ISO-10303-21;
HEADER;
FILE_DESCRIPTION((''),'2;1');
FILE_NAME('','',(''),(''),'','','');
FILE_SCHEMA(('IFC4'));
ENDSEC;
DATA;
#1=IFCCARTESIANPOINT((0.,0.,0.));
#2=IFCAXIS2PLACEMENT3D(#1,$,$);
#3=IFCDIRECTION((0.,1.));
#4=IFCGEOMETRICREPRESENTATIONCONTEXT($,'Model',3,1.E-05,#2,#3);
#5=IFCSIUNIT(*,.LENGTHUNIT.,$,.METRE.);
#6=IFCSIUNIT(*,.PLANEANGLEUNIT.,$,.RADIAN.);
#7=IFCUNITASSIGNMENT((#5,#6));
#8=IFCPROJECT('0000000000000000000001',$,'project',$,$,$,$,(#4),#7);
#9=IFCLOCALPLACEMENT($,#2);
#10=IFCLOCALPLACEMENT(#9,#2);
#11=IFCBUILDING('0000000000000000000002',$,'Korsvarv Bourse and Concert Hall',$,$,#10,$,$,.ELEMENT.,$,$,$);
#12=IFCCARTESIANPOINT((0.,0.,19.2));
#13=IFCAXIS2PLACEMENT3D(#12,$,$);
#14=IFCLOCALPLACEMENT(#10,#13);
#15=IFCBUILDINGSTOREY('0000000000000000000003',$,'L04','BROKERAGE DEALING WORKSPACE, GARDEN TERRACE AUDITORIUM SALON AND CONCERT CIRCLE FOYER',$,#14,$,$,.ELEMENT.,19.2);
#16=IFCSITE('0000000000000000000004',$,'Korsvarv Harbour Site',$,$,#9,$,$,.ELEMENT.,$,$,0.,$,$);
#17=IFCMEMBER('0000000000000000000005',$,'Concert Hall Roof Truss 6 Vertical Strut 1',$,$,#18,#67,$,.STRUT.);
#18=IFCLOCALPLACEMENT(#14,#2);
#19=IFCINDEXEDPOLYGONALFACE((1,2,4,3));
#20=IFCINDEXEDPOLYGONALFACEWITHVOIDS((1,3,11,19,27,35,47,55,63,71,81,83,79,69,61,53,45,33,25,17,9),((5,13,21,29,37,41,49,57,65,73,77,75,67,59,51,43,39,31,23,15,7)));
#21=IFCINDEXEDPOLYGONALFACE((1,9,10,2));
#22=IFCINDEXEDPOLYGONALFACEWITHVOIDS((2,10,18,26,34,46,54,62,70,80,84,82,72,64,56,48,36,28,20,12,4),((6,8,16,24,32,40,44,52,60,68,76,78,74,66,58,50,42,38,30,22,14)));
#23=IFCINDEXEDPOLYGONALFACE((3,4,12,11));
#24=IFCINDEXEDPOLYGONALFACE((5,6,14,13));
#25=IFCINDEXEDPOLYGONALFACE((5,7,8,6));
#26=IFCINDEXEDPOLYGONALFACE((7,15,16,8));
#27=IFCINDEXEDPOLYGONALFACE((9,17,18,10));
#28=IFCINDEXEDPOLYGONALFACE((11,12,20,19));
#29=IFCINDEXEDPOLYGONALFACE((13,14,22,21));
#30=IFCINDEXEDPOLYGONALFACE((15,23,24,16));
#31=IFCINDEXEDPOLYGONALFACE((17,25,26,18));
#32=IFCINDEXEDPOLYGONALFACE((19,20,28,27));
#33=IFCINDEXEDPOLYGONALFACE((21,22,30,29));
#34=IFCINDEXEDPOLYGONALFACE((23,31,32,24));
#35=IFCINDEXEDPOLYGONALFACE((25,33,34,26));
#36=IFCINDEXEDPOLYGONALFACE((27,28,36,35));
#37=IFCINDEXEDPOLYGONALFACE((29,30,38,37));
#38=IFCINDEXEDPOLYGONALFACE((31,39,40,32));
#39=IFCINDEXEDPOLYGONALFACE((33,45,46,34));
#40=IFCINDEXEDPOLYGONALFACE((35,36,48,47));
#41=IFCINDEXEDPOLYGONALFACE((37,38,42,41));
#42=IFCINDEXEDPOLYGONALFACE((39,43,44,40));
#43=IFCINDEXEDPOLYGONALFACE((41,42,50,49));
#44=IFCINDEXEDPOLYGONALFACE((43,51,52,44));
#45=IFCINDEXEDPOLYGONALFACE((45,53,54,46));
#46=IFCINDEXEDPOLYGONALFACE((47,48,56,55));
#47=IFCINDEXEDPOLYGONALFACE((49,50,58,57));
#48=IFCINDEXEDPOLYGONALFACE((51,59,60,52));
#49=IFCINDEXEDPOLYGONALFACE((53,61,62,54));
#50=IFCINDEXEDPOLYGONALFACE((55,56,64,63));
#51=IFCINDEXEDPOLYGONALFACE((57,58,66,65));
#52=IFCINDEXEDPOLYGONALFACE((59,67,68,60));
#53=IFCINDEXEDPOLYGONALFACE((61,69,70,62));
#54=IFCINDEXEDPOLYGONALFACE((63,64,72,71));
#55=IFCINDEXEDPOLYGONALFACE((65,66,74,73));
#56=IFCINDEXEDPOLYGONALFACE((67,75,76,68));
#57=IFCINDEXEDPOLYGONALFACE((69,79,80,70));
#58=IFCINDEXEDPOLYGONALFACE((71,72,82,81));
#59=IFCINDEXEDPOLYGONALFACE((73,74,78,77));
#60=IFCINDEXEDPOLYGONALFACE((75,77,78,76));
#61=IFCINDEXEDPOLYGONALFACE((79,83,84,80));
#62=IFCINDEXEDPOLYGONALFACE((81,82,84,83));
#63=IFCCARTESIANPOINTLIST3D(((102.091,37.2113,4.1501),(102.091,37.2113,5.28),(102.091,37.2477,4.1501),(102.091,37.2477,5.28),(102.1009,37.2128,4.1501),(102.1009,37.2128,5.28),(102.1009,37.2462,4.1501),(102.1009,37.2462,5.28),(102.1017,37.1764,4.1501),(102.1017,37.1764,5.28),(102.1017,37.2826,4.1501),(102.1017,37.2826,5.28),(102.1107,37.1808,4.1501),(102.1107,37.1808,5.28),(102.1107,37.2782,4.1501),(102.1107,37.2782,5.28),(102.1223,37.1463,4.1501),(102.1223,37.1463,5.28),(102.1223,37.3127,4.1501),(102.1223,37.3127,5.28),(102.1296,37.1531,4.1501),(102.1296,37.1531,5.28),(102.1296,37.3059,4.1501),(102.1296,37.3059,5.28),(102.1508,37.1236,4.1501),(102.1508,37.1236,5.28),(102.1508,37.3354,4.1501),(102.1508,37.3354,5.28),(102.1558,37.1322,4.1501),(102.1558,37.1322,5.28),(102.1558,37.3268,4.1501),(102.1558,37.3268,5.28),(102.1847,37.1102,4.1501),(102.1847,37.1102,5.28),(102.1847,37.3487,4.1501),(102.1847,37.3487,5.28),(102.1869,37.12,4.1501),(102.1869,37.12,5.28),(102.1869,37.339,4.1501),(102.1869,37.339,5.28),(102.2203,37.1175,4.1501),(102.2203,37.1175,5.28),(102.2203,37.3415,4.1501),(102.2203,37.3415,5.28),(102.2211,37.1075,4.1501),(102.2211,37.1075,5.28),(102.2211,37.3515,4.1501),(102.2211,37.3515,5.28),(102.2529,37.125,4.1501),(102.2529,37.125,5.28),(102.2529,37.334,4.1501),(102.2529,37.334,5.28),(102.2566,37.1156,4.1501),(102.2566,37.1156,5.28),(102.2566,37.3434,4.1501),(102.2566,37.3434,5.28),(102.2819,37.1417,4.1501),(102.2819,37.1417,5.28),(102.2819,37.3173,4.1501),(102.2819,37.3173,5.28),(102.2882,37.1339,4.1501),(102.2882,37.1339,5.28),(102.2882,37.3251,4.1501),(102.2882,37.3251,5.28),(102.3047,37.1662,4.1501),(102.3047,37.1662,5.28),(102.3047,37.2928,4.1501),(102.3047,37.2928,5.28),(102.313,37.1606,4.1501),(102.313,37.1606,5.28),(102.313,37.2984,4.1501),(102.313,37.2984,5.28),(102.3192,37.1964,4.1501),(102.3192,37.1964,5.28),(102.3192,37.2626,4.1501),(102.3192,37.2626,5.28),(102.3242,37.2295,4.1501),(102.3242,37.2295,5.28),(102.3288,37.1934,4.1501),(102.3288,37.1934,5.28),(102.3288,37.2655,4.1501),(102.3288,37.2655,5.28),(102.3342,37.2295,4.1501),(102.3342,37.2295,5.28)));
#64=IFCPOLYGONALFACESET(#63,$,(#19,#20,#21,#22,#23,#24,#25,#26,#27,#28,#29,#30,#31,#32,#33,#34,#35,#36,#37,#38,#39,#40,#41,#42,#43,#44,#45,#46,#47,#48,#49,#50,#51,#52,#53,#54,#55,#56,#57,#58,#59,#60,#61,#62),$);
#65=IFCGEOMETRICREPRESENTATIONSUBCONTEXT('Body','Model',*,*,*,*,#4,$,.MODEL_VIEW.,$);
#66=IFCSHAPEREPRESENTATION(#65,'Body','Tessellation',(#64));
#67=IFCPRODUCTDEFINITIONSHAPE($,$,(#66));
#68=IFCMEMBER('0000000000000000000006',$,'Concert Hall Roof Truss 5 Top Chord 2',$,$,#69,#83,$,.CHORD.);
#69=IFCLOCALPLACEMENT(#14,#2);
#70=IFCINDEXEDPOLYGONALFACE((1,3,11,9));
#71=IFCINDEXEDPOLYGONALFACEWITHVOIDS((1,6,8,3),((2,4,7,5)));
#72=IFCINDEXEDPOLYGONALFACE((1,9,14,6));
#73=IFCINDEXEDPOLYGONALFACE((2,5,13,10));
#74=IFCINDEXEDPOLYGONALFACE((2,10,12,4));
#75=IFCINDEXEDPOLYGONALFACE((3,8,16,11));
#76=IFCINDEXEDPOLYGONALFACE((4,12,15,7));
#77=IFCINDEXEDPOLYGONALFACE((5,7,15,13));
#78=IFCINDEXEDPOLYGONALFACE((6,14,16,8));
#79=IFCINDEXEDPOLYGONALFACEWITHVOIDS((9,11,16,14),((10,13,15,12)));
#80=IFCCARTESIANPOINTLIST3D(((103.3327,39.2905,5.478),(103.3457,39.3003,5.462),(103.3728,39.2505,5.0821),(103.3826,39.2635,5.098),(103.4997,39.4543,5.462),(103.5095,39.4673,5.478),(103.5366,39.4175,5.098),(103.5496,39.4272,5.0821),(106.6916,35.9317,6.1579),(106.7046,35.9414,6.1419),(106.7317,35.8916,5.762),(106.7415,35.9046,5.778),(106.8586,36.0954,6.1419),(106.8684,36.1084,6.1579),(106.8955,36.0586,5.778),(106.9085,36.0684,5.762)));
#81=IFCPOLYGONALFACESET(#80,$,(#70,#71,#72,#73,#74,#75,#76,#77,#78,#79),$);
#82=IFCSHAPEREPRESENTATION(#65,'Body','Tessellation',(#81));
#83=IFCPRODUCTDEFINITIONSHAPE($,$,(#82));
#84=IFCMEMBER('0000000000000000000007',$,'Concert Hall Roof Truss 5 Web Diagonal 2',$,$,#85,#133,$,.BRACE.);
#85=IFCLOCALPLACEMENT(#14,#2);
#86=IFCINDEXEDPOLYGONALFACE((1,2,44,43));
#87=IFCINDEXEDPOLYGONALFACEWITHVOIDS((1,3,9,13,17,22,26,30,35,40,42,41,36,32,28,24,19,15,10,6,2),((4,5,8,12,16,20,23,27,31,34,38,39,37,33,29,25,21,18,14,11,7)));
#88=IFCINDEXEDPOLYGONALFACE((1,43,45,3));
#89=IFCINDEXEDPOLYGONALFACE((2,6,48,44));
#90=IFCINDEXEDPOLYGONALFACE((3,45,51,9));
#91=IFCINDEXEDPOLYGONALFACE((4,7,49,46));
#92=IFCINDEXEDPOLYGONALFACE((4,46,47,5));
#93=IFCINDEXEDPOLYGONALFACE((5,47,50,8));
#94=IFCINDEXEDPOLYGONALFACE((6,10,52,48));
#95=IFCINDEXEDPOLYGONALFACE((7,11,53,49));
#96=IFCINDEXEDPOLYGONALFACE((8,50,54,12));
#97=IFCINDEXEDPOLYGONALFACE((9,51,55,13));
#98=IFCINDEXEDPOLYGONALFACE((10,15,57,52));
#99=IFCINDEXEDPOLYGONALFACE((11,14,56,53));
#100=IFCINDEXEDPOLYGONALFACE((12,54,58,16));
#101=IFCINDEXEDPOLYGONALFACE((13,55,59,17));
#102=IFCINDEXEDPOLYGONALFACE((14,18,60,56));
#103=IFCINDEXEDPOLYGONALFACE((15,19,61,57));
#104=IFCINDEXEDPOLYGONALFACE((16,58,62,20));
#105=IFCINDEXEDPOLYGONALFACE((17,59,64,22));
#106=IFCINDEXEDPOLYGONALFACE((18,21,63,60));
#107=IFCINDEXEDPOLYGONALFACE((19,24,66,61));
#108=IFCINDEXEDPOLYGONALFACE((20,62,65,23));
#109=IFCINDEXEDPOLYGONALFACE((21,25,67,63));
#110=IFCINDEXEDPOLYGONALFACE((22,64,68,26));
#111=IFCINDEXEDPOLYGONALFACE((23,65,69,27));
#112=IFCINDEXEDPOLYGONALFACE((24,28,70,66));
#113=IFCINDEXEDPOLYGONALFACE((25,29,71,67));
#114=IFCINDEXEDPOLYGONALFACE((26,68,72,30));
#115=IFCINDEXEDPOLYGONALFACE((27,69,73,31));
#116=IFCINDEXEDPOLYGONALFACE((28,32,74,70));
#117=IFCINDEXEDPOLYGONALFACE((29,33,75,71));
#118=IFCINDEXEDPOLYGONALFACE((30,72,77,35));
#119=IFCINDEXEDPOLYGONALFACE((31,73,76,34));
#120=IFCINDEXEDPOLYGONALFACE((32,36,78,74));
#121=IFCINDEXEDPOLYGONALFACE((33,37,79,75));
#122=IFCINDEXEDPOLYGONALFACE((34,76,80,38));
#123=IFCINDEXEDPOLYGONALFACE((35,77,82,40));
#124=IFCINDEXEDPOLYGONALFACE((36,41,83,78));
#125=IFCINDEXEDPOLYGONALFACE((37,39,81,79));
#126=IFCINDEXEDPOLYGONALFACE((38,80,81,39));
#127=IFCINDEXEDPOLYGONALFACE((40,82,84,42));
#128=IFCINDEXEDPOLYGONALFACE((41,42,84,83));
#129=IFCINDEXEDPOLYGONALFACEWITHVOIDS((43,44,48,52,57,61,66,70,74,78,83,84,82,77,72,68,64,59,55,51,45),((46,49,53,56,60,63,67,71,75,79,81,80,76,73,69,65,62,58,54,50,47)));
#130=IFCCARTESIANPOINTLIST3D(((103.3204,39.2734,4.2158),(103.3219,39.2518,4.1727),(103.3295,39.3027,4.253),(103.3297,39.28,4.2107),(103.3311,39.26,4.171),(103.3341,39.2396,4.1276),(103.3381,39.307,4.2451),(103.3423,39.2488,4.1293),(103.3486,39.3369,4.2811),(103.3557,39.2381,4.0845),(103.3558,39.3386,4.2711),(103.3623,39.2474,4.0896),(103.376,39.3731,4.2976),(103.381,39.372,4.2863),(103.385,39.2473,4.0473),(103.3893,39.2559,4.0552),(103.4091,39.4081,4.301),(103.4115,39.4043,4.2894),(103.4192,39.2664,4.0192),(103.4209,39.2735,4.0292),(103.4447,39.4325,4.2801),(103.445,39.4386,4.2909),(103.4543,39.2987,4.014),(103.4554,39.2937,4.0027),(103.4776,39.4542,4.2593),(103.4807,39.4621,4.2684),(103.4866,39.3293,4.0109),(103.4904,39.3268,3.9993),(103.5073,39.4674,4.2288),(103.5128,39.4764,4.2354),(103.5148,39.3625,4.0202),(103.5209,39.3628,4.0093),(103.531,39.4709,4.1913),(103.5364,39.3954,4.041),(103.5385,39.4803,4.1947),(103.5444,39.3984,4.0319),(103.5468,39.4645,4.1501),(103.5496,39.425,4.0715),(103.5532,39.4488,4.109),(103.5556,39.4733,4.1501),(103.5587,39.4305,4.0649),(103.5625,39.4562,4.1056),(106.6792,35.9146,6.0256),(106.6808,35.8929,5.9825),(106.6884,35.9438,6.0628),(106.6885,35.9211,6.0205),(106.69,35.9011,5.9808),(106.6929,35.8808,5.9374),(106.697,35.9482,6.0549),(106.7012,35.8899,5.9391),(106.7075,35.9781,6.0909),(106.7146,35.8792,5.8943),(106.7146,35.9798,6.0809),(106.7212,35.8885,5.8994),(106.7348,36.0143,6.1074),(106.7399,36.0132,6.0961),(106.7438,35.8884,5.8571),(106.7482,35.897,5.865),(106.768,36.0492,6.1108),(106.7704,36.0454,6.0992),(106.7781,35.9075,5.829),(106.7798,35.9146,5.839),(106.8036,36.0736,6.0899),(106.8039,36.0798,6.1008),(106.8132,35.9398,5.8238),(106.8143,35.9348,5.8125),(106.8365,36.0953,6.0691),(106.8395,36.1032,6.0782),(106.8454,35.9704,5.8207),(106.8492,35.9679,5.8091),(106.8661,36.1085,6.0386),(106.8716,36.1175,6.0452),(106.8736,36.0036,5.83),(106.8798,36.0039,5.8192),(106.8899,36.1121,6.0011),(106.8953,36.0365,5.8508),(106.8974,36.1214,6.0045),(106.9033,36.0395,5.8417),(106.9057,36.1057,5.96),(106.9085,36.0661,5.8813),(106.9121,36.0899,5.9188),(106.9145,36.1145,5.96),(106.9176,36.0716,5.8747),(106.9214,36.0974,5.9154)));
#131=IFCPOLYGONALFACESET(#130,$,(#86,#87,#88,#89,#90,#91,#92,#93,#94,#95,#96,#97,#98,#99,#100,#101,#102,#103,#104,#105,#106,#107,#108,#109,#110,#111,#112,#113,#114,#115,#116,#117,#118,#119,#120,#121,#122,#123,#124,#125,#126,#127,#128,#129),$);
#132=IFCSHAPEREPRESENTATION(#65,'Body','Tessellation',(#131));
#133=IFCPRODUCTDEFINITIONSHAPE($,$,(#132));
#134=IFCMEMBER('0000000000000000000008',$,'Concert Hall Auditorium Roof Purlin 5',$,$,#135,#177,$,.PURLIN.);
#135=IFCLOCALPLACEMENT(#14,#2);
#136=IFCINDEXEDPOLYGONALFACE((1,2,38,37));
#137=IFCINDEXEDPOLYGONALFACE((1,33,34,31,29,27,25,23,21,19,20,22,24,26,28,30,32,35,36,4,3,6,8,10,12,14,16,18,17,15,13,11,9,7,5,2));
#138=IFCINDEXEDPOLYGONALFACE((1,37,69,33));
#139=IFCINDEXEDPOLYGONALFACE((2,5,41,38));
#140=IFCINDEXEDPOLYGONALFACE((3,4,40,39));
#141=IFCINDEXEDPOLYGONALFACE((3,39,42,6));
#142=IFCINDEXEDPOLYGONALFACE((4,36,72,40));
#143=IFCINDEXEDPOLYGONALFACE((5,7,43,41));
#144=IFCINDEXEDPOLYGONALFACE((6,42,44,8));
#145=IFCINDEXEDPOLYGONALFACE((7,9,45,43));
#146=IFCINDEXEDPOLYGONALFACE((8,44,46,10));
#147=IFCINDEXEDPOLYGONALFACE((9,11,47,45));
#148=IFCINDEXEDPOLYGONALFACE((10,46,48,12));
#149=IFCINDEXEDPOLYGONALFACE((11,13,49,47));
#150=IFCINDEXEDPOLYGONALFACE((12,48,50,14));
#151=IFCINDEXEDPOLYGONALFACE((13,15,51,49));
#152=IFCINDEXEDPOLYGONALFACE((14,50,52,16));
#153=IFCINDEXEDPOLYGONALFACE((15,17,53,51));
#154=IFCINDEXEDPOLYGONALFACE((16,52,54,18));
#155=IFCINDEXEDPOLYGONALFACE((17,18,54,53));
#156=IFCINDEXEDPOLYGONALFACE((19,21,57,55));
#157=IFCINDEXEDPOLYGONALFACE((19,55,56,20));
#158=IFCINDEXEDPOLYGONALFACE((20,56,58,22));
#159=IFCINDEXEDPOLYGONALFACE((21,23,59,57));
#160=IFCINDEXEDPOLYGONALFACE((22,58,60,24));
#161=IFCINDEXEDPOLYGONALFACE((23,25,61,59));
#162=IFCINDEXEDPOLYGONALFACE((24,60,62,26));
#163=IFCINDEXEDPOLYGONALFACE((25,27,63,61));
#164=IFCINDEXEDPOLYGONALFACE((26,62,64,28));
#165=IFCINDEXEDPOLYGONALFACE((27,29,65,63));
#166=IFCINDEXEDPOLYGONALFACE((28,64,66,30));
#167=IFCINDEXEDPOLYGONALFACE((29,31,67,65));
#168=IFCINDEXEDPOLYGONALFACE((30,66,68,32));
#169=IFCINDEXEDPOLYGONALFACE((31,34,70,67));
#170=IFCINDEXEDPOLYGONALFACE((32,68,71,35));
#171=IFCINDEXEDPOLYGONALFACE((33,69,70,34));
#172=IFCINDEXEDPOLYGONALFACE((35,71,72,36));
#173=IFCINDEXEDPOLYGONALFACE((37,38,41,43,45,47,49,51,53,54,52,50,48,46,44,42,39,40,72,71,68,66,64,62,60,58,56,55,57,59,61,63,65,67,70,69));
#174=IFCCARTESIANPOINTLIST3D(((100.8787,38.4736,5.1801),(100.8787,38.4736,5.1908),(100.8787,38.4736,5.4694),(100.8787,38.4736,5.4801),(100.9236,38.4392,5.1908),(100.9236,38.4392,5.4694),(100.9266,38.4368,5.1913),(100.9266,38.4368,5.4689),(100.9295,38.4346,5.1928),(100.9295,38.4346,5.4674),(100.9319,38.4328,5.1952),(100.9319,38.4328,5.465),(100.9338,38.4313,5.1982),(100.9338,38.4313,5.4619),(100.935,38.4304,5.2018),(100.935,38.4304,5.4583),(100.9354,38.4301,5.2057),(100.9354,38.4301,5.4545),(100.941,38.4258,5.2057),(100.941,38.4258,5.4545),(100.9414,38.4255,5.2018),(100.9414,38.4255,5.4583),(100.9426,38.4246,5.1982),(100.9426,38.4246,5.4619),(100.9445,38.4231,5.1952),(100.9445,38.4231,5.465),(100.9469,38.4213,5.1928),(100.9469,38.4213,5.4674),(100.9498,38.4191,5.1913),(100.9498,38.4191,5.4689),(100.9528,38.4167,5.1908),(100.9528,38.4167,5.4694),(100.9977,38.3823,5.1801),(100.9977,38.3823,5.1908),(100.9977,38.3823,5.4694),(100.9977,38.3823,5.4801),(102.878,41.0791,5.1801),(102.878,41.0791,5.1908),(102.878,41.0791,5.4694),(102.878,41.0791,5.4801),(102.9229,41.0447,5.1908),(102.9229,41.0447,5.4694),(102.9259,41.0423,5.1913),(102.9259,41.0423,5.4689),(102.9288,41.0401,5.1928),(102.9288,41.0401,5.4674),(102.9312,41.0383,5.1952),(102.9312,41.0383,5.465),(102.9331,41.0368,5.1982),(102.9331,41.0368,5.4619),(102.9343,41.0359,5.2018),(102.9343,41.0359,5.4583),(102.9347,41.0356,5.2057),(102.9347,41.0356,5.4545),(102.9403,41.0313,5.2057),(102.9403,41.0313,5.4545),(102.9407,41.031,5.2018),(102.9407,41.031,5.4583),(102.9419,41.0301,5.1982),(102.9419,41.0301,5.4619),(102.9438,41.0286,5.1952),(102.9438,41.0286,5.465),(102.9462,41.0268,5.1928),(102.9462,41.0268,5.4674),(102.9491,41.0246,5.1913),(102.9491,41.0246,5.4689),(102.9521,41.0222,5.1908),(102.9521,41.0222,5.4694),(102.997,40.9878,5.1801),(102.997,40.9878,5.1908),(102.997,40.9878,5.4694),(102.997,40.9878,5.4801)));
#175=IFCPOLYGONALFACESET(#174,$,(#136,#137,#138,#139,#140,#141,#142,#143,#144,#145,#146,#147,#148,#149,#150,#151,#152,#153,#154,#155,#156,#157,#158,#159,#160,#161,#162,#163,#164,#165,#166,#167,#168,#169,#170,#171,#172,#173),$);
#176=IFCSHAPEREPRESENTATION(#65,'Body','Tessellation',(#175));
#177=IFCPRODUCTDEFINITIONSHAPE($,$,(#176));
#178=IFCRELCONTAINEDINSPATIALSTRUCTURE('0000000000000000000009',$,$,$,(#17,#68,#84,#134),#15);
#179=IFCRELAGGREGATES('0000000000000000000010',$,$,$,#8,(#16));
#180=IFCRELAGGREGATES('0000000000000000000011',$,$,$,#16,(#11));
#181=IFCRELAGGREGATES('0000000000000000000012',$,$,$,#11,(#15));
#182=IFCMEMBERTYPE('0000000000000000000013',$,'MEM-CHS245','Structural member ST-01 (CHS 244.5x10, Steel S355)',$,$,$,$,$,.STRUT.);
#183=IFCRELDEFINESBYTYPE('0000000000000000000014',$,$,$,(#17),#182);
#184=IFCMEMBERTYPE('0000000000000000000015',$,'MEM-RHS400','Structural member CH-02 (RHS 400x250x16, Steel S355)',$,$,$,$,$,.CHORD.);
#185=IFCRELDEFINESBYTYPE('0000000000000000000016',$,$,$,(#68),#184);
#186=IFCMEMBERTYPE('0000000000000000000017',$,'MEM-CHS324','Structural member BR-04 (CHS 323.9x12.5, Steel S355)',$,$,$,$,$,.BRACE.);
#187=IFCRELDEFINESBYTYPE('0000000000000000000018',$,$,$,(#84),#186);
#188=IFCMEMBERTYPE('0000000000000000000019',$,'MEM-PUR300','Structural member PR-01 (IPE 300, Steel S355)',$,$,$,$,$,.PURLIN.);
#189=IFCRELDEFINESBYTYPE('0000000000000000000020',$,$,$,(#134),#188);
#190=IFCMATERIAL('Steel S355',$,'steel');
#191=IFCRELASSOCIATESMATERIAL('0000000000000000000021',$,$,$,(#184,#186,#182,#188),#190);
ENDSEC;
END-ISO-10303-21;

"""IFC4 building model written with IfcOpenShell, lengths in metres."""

from ifc_helpers import new_model, si_unit, direction, frame, origin, origin_2d, place, context, subcontext, project, spatial, hollow_rectangle, hollow_circle, i_section, extrude, source, transform, mapped, material, material_profile, profile_set, type_object, element, save


model = new_model("IFC4")

# Units and contexts
model_context = context("Model", 3, precision=1e-05, world=origin(), true_north=direction((0.0, 1.0)))
body_context = subcontext(model_context, "Body", "Model", "MODEL_VIEW")
ifc_project = project(units=[si_unit("LENGTHUNIT", "METRE"), si_unit("PLANEANGLEUNIT", "RADIAN")], contexts=[model_context])

# Site, building, storey
site_placement = place(None, origin())
site = spatial("IfcSite", under=ifc_project, at=site_placement, Name="Korsvarv Harbour Site", CompositionType="ELEMENT", RefElevation=0.0)
building_placement = place(site_placement, origin())
building = spatial("IfcBuilding", under=site, at=building_placement, Name="Korsvarv Bourse and Concert Hall", CompositionType="ELEMENT")
storey_placement = place(building_placement, frame((0.0, 0.0, 19.2)))
storey = spatial("IfcBuildingStorey", under=building, at=storey_placement, Name="L04", Description="BROKERAGE DEALING WORKSPACE, GARDEN TERRACE AUDITORIUM SALON AND CONCERT CIRCLE FOYER", CompositionType="ELEMENT", Elevation=19.2)

# Shared definitions
ifc_material_1 = material(Name="Steel S355", Category="steel")

# Members
ifc_material_profile_1 = material_profile(ifc_material_1, hollow_rectangle(XDim=0.25, YDim=0.3999, WallThickness=0.0161, at=origin_2d()), Name="RHS 400x250x16")
ifc_profile_set_1 = profile_set([ifc_material_profile_1], Name="Steel S355")
member_type_1 = type_object("IfcMemberType", Name="MEM-RHS400", Description="Structural member CH-02 (RHS 400x250x16, Steel S355)", PredefinedType="CHORD", material=ifc_profile_set_1)
ifc_material_profile_2 = material_profile(ifc_material_1, hollow_circle(Radius=0.1619, WallThickness=0.0125, at=origin_2d()), Name="CHS 323.9x12.5")
ifc_profile_set_2 = profile_set([ifc_material_profile_2], Name="Steel S355")
member_type_2 = type_object("IfcMemberType", Name="MEM-CHS324", Description="Structural member BR-04 (CHS 323.9x12.5, Steel S355)", PredefinedType="BRACE", material=ifc_profile_set_2)
ifc_material_profile_3 = material_profile(ifc_material_1, hollow_circle(Radius=0.1223, WallThickness=0.01, at=origin_2d()), Name="CHS 244.5x10")
ifc_profile_set_3 = profile_set([ifc_material_profile_3], Name="Steel S355")
member_type_3 = type_object("IfcMemberType", Name="MEM-CHS245", Description="Structural member ST-01 (CHS 244.5x10, Steel S355)", PredefinedType="STRUT", material=ifc_profile_set_3)
shared_shape_1 = source(origin(), body_context, "Body", "SweptSolid", [
    extrude(hollow_circle(Radius=0.1223, WallThickness=0.01, at=origin_2d()), origin(), (0.0, 0.0, 1.0), 1.1299),
])
for number, where, z_axis, x_axis, name in (
    (1, (102.2119, 37.2295, 4.1501), (0.0, 0.0, 1.0), (1.0, 0.0, 0.0), "Concert Hall Roof Truss 6 Vertical Strut 1"),
):
    element("IfcMember", number, at=place(storey_placement, frame(where, z_axis=z_axis, x_axis=x_axis)), inside=storey, type_object=member_type_3, Name=name, PredefinedType="STRUT", context=body_context, shape_type="MappedRepresentation", body=[
        mapped(shared_shape_1, transform((0.0, 0.0, 0.0), scale=1.0)),
    ])
shared_shape_2 = source(origin(), body_context, "Body", "SweptSolid", [
    extrude(hollow_rectangle(XDim=0.25, YDim=0.3999, WallThickness=0.0161, at=origin_2d()), origin(), (0.0, 0.0, 1.0), 4.7986),
])
member_1_placement = place(storey_placement, frame((103.4412, 39.3589, 5.28), z_axis=(0.699972, -0.699972, 0.141694), x_axis=(0.707107, 0.707107, 0.0)))
element("IfcMember", 2, at=member_1_placement, inside=storey, type_object=member_type_1, Name="Concert Hall Roof Truss 5 Top Chord 2", PredefinedType="CHORD", context=body_context, shape_type="MappedRepresentation", body=[
    mapped(shared_shape_2, transform((0.0, 0.0, 0.0), scale=1.0)),
])
shared_shape_3 = source(origin(), body_context, "Body", "SweptSolid", [
    extrude(hollow_circle(Radius=0.1619, WallThickness=0.0125, at=origin_2d()), origin(), (0.0, 0.0, 1.0), 5.0833),
])
member_2_placement = place(storey_placement, frame((103.4412, 39.3589, 4.1501), z_axis=(0.660772, -0.660772, 0.356033), x_axis=(0.707107, 0.707107, 0.0)))
element("IfcMember", 3, at=member_2_placement, inside=storey, type_object=member_type_2, Name="Concert Hall Roof Truss 5 Web Diagonal 2", PredefinedType="BRACE", context=body_context, shape_type="MappedRepresentation", body=[
    mapped(shared_shape_3, transform((0.0, 0.0, 0.0), scale=1.0)),
])
ifc_material_profile_4 = material_profile(ifc_material_1, i_section(OverallWidth=0.1499, OverallDepth=0.3, WebThickness=0.0071, FlangeThickness=0.0107, FilletRadius=0.0149, at=origin_2d()), Name="IPE 300")
ifc_profile_set_4 = profile_set([ifc_material_profile_4], Name="Steel S355")
member_type_4 = type_object("IfcMemberType", Name="MEM-PUR300", Description="Structural member PR-01 (IPE 300, Steel S355)", PredefinedType="PURLIN", material=ifc_profile_set_4)
shared_shape_4 = source(origin(), body_context, "Body", "SweptSolid", [
    extrude(i_section(OverallWidth=0.1499, OverallDepth=0.3, WebThickness=0.0071, FlangeThickness=0.0107, FilletRadius=0.0149, at=origin_2d()), origin(), (0.0, 0.0, 1.0), 3.2842),
])
for number, where, z_axis, x_axis, name in (
    (4, (102.9375, 41.0334, 5.3301), (-0.608765, -0.79335, 0.0), (0.79335, -0.608765, 0.0), "Concert Hall Auditorium Roof Purlin 5"),
):
    element("IfcMember", number, at=place(storey_placement, frame(where, z_axis=z_axis, x_axis=x_axis)), inside=storey, type_object=member_type_4, Name=name, PredefinedType="PURLIN", context=body_context, shape_type="MappedRepresentation", body=[
        mapped(shared_shape_4, transform((0.0, 0.0, 0.0), scale=1.0)),
    ])

save(model, "model.ifc")
